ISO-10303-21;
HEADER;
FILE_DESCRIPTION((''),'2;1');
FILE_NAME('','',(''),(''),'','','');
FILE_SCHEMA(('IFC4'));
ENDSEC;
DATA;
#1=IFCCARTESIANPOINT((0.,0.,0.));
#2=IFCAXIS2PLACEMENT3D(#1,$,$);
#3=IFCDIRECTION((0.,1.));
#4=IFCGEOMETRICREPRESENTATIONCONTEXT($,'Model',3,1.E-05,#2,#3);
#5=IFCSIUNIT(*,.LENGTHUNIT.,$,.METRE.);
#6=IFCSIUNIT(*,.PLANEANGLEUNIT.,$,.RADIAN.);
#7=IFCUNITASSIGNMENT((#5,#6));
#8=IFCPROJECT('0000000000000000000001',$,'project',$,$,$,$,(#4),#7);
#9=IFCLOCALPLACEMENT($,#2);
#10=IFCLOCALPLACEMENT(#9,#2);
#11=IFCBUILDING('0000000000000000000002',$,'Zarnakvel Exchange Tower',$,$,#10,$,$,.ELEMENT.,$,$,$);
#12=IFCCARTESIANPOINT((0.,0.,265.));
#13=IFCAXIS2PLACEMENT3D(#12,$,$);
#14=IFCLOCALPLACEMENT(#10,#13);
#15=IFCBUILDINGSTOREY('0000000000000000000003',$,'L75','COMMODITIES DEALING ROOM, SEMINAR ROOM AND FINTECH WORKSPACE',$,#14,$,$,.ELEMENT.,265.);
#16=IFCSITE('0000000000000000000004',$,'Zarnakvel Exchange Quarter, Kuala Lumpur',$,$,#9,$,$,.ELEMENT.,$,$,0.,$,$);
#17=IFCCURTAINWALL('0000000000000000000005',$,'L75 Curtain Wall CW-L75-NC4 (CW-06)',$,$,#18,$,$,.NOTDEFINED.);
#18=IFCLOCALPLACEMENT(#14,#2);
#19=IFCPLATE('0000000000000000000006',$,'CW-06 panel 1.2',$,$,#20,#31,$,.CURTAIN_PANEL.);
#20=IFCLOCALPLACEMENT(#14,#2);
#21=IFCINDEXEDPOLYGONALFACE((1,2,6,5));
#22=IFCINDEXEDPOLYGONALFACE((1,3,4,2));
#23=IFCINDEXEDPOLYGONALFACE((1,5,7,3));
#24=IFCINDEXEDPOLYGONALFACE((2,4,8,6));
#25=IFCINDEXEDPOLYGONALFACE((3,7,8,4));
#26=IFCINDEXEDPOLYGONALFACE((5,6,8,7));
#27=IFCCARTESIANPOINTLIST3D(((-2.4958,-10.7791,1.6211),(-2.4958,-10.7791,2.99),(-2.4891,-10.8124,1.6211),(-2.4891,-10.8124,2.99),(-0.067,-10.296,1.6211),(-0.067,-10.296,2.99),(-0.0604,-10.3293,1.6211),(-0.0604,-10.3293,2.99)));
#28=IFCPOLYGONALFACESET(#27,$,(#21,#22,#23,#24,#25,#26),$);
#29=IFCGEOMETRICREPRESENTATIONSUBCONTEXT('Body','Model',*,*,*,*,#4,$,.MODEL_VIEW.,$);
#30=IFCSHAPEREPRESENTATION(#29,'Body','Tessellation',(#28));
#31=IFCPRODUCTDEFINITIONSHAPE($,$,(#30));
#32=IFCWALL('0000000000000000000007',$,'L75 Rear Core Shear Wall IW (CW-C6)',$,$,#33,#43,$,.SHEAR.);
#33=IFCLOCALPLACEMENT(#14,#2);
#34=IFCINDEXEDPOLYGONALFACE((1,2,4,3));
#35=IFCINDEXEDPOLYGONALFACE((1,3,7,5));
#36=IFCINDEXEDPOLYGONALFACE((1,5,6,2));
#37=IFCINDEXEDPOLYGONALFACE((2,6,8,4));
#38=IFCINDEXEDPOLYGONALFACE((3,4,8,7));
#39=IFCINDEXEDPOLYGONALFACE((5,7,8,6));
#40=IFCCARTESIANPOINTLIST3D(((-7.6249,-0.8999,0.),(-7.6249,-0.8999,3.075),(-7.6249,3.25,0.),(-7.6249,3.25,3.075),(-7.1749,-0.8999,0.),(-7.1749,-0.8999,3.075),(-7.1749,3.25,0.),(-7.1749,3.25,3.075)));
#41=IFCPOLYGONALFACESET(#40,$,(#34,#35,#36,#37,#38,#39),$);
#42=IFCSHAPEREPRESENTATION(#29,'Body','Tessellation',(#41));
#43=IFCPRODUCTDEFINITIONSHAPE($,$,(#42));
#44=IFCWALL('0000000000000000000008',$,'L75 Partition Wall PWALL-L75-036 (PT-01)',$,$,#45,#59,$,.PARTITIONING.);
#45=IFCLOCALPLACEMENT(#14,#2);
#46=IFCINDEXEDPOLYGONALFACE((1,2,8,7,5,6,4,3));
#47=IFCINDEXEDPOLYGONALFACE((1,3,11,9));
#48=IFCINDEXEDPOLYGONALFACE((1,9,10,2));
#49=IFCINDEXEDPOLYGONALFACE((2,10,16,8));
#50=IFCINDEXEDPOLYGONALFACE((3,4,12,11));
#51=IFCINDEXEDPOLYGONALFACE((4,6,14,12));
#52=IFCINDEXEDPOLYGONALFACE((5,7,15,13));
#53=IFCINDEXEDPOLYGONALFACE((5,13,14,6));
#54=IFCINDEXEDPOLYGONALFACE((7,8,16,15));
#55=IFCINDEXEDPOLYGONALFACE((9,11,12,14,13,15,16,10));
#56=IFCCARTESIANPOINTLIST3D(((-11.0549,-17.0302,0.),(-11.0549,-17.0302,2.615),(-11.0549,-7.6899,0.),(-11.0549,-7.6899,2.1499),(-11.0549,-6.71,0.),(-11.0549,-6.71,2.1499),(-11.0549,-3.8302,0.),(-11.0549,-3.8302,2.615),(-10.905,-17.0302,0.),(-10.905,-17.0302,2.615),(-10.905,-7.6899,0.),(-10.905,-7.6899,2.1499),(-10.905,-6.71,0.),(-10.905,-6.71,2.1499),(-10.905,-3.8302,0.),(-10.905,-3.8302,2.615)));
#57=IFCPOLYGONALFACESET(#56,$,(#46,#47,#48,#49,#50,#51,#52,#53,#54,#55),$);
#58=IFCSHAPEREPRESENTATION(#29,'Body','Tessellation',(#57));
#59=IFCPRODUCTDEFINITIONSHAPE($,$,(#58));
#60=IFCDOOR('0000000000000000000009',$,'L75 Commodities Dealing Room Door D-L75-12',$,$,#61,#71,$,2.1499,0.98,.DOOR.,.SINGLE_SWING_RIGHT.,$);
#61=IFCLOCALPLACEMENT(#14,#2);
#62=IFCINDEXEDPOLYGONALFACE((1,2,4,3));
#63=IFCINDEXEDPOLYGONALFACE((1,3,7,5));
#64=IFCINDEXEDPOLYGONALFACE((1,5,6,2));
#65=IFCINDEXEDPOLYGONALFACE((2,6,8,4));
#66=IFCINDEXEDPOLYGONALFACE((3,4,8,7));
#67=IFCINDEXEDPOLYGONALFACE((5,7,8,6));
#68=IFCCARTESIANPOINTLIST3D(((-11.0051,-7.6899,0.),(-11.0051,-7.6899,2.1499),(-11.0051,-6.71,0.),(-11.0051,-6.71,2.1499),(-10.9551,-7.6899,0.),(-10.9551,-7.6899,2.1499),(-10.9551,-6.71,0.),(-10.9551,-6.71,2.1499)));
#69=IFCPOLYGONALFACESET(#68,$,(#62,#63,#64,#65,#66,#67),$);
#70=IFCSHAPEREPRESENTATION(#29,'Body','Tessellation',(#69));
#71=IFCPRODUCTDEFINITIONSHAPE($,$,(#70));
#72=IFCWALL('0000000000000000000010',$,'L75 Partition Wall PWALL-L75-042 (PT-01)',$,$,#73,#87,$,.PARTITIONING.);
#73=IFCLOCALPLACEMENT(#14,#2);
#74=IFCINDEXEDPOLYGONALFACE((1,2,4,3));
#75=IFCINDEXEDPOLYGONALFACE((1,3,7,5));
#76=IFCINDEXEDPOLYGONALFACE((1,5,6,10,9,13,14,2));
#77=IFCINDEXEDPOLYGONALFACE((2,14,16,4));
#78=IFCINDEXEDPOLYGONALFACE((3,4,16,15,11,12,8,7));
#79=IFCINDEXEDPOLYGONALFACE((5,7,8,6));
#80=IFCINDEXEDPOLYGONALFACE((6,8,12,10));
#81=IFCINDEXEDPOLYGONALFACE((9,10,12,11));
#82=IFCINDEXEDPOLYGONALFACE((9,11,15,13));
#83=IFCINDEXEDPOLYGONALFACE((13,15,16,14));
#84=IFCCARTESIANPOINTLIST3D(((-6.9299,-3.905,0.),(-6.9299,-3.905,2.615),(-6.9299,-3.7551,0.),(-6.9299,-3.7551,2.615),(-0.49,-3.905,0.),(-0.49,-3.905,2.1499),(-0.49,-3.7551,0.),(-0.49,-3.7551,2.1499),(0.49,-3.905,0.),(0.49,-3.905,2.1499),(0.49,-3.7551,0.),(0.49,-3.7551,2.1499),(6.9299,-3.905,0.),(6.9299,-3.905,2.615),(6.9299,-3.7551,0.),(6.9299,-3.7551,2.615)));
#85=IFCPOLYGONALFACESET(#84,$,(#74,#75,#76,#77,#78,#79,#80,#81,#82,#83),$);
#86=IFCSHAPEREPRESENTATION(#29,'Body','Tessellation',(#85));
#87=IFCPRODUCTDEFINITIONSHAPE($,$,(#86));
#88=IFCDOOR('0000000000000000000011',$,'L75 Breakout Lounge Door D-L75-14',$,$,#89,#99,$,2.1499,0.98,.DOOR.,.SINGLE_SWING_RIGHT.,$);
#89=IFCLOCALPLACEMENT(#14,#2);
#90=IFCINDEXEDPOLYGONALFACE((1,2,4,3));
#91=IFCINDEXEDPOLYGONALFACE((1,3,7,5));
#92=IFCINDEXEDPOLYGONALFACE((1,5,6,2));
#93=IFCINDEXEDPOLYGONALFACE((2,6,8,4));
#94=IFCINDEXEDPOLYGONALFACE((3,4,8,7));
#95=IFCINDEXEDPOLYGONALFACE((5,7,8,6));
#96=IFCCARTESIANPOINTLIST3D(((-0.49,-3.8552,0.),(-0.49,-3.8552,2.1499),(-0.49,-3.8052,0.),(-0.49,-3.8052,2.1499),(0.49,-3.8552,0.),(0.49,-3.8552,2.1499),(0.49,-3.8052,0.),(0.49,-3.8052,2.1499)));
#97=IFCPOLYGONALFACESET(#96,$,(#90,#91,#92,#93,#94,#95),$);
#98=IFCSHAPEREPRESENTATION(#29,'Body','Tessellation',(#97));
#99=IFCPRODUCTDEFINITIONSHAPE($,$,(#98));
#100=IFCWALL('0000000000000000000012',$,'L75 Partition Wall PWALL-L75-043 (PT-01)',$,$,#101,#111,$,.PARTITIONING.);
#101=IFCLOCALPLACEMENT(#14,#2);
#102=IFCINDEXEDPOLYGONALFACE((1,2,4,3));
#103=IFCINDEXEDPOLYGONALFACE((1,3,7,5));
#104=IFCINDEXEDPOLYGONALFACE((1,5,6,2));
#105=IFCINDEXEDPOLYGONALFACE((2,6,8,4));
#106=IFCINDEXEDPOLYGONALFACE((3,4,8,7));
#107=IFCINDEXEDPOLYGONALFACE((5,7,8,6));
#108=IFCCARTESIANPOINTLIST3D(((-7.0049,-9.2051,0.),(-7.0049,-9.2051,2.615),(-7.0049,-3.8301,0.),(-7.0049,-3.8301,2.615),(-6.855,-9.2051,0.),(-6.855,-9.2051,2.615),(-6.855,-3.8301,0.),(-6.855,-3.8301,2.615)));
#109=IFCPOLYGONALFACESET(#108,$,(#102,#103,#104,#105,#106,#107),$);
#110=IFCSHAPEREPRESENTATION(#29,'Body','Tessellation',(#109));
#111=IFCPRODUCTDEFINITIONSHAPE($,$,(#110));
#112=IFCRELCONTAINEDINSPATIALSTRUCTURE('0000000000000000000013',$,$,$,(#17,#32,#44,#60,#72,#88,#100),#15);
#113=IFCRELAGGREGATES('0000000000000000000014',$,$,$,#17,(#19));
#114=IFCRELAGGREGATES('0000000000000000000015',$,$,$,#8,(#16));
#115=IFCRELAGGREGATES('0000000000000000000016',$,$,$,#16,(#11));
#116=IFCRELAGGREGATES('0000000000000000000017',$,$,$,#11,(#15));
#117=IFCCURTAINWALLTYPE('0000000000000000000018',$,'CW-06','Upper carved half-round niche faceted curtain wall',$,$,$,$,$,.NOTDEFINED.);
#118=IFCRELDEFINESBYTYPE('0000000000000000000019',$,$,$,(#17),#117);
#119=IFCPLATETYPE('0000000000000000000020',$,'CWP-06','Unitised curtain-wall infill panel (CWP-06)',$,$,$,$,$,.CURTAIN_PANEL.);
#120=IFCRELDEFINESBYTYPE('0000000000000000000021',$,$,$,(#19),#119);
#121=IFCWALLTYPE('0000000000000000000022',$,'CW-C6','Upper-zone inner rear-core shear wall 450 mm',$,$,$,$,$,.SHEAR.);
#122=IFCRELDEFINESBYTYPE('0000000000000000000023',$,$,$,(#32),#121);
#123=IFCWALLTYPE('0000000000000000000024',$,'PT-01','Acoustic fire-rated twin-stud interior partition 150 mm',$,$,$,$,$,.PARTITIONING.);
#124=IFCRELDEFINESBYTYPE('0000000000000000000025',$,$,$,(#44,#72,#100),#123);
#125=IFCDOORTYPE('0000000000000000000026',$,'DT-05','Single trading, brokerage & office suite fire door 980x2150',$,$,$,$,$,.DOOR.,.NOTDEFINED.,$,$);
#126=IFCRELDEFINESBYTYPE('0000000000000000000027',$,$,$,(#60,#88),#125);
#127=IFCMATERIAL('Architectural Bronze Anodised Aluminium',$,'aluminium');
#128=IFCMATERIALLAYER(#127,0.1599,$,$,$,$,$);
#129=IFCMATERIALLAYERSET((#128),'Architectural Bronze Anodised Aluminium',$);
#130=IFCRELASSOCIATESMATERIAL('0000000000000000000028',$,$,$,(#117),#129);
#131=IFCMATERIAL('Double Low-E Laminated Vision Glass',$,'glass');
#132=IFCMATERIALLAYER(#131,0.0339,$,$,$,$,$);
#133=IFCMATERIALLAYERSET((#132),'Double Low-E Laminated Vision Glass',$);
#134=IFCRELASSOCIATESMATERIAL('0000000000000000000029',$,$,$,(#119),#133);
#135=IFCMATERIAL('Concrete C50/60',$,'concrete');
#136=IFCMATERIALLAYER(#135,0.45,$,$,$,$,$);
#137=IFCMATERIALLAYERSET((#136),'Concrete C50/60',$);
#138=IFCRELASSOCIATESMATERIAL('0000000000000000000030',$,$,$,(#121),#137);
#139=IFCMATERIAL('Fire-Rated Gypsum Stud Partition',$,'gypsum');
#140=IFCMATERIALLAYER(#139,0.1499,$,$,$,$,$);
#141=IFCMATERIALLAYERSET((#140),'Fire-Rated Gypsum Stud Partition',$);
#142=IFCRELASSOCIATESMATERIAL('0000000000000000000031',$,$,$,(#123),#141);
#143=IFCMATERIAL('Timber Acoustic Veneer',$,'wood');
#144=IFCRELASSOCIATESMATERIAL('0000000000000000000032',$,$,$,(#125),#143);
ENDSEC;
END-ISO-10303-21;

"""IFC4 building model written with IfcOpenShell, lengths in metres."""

from ifc_helpers import new_model, si_unit, direction, frame, frame_2d, origin, origin_2d, place, context, subcontext, project, spatial, rectangle, extrude, source, transform, mapped, material, layer, layer_set, type_object, element, fill, aggregate, save


model = new_model("IFC4")

# Units and contexts
model_context = context("Model", 3, precision=1e-05, world=origin(), true_north=direction((0.0, 1.0)))
body_context = subcontext(model_context, "Body", "Model", "MODEL_VIEW")
ifc_project = project(units=[si_unit("LENGTHUNIT", "METRE"), si_unit("PLANEANGLEUNIT", "RADIAN")], contexts=[model_context])

# Site, building, storey
site_placement = place(None, origin())
site = spatial("IfcSite", under=ifc_project, at=site_placement, Name="Zarnakvel Exchange Quarter, Kuala Lumpur", CompositionType="ELEMENT", RefElevation=0.0)
building_placement = place(site_placement, origin())
building = spatial("IfcBuilding", under=site, at=building_placement, Name="Zarnakvel Exchange Tower", CompositionType="ELEMENT")
storey_placement = place(building_placement, frame((0.0, 0.0, 265.0)))
storey = spatial("IfcBuildingStorey", under=building, at=storey_placement, Name="L75", Description="COMMODITIES DEALING ROOM, SEMINAR ROOM AND FINTECH WORKSPACE", CompositionType="ELEMENT", Elevation=265.0)

# Shared definitions
ifc_material_1 = material(Name="Concrete C50/60", Category="concrete")

# Curtain wall
ifc_material_2 = material(Name="Architectural Bronze Anodised Aluminium", Category="aluminium")
ifc_layer_1 = layer(ifc_material_2, 0.1599)
ifc_layer_set_1 = layer_set([ifc_layer_1], Name="Architectural Bronze Anodised Aluminium")
curtain_wall_type = type_object("IfcCurtainWallType", Name="CW-06", Description="Upper carved half-round niche faceted curtain wall", PredefinedType="NOTDEFINED", material=ifc_layer_set_1)
curtain_wall_1_placement = place(storey_placement, origin())
curtain_wall_1 = element("IfcCurtainWall", 1, at=curtain_wall_1_placement, inside=storey, type_object=curtain_wall_type, Name="L75 Curtain Wall CW-L75-NC4 (CW-06)", PredefinedType="NOTDEFINED")

# Plate
ifc_material_3 = material(Name="Double Low-E Laminated Vision Glass", Category="glass")
ifc_layer_2 = layer(ifc_material_3, 0.0339)
ifc_layer_set_2 = layer_set([ifc_layer_2], Name="Double Low-E Laminated Vision Glass")
plate_type = type_object("IfcPlateType", Name="CWP-06", Description="Unitised curtain-wall infill panel (CWP-06)", PredefinedType="CURTAIN_PANEL", material=ifc_layer_set_2)
shared_shape_1 = source(origin(), body_context, "Body", "SweptSolid", [
    extrude(rectangle(XDim=2.4763, YDim=0.0339, at=origin_2d()), origin(), (0.0, 0.0, 1.0), 1.3689),
])
plate_1_placement = place(storey_placement, frame((-1.2781, -10.5542, 1.6211), z_axis=(0.0, 0.0, 1.0), x_axis=(0.980785, 0.19509, 0.0)))
plate_1 = element("IfcPlate", 2, at=plate_1_placement, type_object=plate_type, Name="CW-06 panel 1.2", PredefinedType="CURTAIN_PANEL", context=body_context, shape_type="MappedRepresentation", body=[
    mapped(shared_shape_1, transform((0.0, 0.0, 0.0), x_axis=(1.0, 0.0, 0.0), y_axis=(0.0, 1.0, 0.0), z_axis=(0.0, 0.0, 1.0), scale=1.0)),
])
aggregate(curtain_wall_1, [plate_1])

# Wall
ifc_layer_3 = layer(ifc_material_1, 0.45)
ifc_layer_set_3 = layer_set([ifc_layer_3], Name="Concrete C50/60")
wall_type_1 = type_object("IfcWallType", Name="CW-C6", Description="Upper-zone inner rear-core shear wall 450 mm", PredefinedType="SHEAR", material=ifc_layer_set_3)
wall_1_placement = place(storey_placement, frame((-7.3999, -0.8999, 0.0), z_axis=(0.0, 0.0, 1.0), x_axis=(0.0, 1.0, 0.0)))
element("IfcWall", 3, at=wall_1_placement, inside=storey, type_object=wall_type_1, Name="L75 Rear Core Shear Wall IW (CW-C6)", PredefinedType="SHEAR", context=body_context, shape_type="SweptSolid", body=[
    extrude(rectangle(XDim=4.1499, YDim=0.45, at=frame_2d((2.075, 0.0))), origin(), (0.0, 0.0, 1.0), 3.075),
])

# Walls, openings, doors
ifc_material_4 = material(Name="Fire-Rated Gypsum Stud Partition", Category="gypsum")
ifc_layer_4 = layer(ifc_material_4, 0.1499)
ifc_layer_set_4 = layer_set([ifc_layer_4], Name="Fire-Rated Gypsum Stud Partition")
wall_type_2 = type_object("IfcWallType", Name="PT-01", Description="Acoustic fire-rated twin-stud interior partition 150 mm", PredefinedType="PARTITIONING", material=ifc_layer_set_4)
wall_2_placement = place(storey_placement, frame((-10.98, -3.8301, 0.0), z_axis=(0.0, 0.0, 1.0), x_axis=(0.0, -1.0, 0.0)))
wall_2 = element("IfcWall", 4, at=wall_2_placement, inside=storey, type_object=wall_type_2, Name="L75 Partition Wall PWALL-L75-036 (PT-01)", PredefinedType="PARTITIONING", context=body_context, shape_type="SweptSolid", body=[
    extrude(rectangle(XDim=13.2, YDim=0.1499, at=frame_2d((6.6001, 0.0))), origin(), (0.0, 0.0, 1.0), 2.615),
])
opening_1_placement = place(wall_2_placement, frame((2.8799, 0.0, 0.0)))
opening_1 = element("IfcOpeningElement", 5, at=opening_1_placement, cuts=wall_2, PredefinedType="OPENING", context=body_context, shape_type="SweptSolid", body=[
    extrude(rectangle(XDim=0.98, YDim=2.1499, at=frame_2d((0.49, 1.075))), frame((0.0, 0.085, 0.0), z_axis=(0.0, -1.0, 0.0), x_axis=(1.0, 0.0, 0.0)), (0.0, 0.0, 1.0), 0.1699),
])
ifc_material_5 = material(Name="Timber Acoustic Veneer", Category="wood")
door_type_1 = type_object("IfcDoorType", Name="DT-05", Description="Single trading, brokerage & office suite fire door 980x2150", OperationType="NOTDEFINED", PredefinedType="DOOR", material=ifc_material_5)
shared_shape_2 = source(origin(), body_context, "Body", "SweptSolid", [
    extrude(rectangle(XDim=0.98, YDim=2.1499, at=frame_2d((0.49, 1.075))), frame((0.0, 0.0249, 0.0), z_axis=(0.0, -1.0, 0.0), x_axis=(1.0, 0.0, 0.0)), (0.0, 0.0, 1.0), 0.05),
])
door_1_placement = place(opening_1_placement, origin())
door_1 = element("IfcDoor", 6, at=door_1_placement, inside=storey, type_object=door_type_1, Name="L75 Commodities Dealing Room Door D-L75-12", OperationType="SINGLE_SWING_RIGHT", OverallHeight=2.1499, OverallWidth=0.98, PredefinedType="DOOR", context=body_context, shape_type="MappedRepresentation", body=[
    mapped(shared_shape_2, transform((0.0, 0.0, 0.0), x_axis=(1.0, 0.0, 0.0), y_axis=(0.0, 1.0, 0.0), z_axis=(0.0, 0.0, 1.0), scale=1.0)),
])
fill(opening_1, door_1)
wall_3_placement = place(storey_placement, frame((-6.9299, -3.8301, 0.0), z_axis=(0.0, 0.0, 1.0), x_axis=(1.0, 0.0, 0.0)))
wall_3 = element("IfcWall", 7, at=wall_3_placement, inside=storey, type_object=wall_type_2, Name="L75 Partition Wall PWALL-L75-042 (PT-01)", PredefinedType="PARTITIONING", context=body_context, shape_type="SweptSolid", body=[
    extrude(rectangle(XDim=13.8599, YDim=0.1499, at=frame_2d((6.9299, 0.0))), origin(), (0.0, 0.0, 1.0), 2.615),
])
opening_2_placement = place(wall_3_placement, frame((6.4399, 0.0, 0.0)))
opening_2 = element("IfcOpeningElement", 8, at=opening_2_placement, cuts=wall_3, PredefinedType="OPENING", context=body_context, shape_type="SweptSolid", body=[
    extrude(rectangle(XDim=0.98, YDim=2.1499, at=frame_2d((0.49, 1.075))), frame((0.0, 0.085, 0.0), z_axis=(0.0, -1.0, 0.0), x_axis=(1.0, 0.0, 0.0)), (0.0, 0.0, 1.0), 0.1699),
])
door_2_placement = place(opening_2_placement, origin())
door_2 = element("IfcDoor", 9, at=door_2_placement, inside=storey, type_object=door_type_1, Name="L75 Breakout Lounge Door D-L75-14", OperationType="SINGLE_SWING_RIGHT", OverallHeight=2.1499, OverallWidth=0.98, PredefinedType="DOOR", context=body_context, shape_type="MappedRepresentation", body=[
    mapped(shared_shape_2, transform((0.0, 0.0, 0.0), x_axis=(1.0, 0.0, 0.0), y_axis=(0.0, 1.0, 0.0), z_axis=(0.0, 0.0, 1.0), scale=1.0)),
])
fill(opening_2, door_2)

# Wall
wall_4_placement = place(storey_placement, frame((-6.9299, -9.2051, 0.0), z_axis=(0.0, 0.0, 1.0), x_axis=(0.0, 1.0, 0.0)))
element("IfcWall", 10, at=wall_4_placement, inside=storey, type_object=wall_type_2, Name="L75 Partition Wall PWALL-L75-043 (PT-01)", PredefinedType="PARTITIONING", context=body_context, shape_type="SweptSolid", body=[
    extrude(rectangle(XDim=5.375, YDim=0.1499, at=frame_2d((2.6875, 0.0))), origin(), (0.0, 0.0, 1.0), 2.615),
])

save(model, "model.ifc")
